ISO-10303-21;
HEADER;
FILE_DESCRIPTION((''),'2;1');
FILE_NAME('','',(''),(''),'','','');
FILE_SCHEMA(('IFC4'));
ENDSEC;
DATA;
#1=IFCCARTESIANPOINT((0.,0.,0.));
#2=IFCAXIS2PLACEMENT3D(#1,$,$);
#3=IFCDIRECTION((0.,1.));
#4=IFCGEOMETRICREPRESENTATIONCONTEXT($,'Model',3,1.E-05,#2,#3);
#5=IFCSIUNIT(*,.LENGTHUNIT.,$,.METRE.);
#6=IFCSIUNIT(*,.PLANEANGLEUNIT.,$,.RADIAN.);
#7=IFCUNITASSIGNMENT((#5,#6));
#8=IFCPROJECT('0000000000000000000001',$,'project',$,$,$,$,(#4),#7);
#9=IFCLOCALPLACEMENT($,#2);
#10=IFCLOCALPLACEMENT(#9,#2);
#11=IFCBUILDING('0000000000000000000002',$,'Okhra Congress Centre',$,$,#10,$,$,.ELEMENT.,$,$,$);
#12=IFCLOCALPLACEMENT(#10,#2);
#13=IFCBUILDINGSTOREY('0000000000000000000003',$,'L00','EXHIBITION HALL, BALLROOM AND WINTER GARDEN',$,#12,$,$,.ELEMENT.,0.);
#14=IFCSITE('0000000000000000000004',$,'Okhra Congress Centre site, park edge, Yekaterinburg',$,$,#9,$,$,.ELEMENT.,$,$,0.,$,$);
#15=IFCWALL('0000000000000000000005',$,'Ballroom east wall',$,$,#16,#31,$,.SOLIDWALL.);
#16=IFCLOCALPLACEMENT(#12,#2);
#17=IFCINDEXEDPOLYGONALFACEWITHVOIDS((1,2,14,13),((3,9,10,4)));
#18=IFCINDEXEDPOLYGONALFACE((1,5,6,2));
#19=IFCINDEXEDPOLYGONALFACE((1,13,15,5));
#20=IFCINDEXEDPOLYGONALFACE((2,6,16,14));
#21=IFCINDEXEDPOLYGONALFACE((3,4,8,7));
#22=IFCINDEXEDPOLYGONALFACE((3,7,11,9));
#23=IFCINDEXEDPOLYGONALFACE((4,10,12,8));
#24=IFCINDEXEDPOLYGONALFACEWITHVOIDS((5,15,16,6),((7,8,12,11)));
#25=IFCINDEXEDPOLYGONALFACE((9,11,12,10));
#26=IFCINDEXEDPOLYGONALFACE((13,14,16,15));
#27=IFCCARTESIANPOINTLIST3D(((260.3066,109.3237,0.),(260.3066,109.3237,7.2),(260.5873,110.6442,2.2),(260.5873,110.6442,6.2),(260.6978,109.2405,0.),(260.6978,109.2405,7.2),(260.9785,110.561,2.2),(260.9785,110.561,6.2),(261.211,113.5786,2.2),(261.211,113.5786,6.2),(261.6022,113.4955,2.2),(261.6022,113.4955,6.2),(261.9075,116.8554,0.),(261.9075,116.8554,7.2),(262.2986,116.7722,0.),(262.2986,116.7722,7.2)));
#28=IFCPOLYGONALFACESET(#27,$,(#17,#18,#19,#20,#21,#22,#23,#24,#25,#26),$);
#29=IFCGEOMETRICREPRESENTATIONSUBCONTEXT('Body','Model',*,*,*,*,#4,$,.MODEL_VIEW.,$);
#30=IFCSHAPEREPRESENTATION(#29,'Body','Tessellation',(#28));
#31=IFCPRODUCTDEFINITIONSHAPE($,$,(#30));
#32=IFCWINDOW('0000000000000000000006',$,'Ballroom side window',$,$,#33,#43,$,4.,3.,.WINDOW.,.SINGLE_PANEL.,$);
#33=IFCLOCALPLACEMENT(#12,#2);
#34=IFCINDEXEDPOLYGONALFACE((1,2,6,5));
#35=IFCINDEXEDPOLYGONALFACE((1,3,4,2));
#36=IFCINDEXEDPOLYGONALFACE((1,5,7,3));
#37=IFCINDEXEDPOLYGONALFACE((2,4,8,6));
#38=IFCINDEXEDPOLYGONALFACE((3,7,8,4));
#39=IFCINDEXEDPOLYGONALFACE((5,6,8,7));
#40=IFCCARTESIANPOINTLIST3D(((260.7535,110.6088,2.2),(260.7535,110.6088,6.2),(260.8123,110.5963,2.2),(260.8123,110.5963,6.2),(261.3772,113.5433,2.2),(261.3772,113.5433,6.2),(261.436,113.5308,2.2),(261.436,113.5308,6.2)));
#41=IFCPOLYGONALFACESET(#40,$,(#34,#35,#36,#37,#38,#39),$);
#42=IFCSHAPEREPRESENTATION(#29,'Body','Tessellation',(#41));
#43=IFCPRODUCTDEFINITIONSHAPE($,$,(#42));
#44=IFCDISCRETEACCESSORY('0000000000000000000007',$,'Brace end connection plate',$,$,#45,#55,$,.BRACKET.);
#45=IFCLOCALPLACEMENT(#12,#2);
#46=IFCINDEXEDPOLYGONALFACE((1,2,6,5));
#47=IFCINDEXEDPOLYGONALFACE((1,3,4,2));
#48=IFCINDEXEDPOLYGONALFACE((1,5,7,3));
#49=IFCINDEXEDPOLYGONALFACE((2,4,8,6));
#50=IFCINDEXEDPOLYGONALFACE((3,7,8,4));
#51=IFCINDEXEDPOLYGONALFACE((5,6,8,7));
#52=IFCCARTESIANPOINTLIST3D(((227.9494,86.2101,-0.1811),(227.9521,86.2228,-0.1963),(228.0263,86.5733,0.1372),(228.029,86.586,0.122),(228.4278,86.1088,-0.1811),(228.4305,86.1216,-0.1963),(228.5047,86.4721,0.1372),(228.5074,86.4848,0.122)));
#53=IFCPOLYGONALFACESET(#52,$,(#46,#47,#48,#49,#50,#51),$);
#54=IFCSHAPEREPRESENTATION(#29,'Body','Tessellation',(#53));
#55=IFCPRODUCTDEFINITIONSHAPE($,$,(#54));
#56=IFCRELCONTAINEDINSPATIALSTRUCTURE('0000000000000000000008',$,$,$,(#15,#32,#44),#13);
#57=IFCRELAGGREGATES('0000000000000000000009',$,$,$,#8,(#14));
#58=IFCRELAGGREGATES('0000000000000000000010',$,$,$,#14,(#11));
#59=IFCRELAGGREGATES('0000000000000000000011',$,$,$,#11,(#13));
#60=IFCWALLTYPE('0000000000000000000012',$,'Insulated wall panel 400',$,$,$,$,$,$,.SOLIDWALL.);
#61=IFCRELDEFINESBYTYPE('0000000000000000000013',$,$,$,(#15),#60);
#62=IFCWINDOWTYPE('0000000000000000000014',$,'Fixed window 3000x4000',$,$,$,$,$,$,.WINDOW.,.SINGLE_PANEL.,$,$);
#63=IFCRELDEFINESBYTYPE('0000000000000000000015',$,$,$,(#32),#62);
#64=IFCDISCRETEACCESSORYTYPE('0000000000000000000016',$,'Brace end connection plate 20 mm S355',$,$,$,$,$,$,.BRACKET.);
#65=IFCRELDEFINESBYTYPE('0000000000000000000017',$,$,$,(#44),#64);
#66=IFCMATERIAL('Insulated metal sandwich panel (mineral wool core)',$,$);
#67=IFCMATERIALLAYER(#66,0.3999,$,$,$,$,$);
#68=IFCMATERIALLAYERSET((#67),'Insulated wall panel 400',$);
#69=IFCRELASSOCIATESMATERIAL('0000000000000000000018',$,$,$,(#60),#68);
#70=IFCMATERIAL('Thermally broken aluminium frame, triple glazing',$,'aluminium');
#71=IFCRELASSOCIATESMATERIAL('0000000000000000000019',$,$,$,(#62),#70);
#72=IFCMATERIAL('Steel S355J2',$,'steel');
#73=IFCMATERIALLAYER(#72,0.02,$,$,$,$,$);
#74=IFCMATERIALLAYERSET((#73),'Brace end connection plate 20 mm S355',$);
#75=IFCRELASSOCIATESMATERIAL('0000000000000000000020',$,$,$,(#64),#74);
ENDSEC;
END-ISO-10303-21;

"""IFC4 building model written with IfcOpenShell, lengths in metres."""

from ifc_helpers import new_model, si_unit, direction, frame, frame_2d, origin, origin_2d, place, context, subcontext, project, spatial, rectangle, extrude, material, layer, layer_set, type_object, element, fill, save


model = new_model("IFC4")

# Units and contexts
model_context = context("Model", 3, precision=1e-05, world=origin(), true_north=direction((0.0, 1.0)))
body_context = subcontext(model_context, "Body", "Model", "MODEL_VIEW")
ifc_project = project(units=[si_unit("LENGTHUNIT", "METRE"), si_unit("PLANEANGLEUNIT", "RADIAN")], contexts=[model_context])

# Site, building, storey
site_placement = place(None, origin())
site = spatial("IfcSite", under=ifc_project, at=site_placement, Name="Okhra Congress Centre site, park edge, Yekaterinburg", CompositionType="ELEMENT", RefElevation=0.0)
building_placement = place(site_placement, origin())
building = spatial("IfcBuilding", under=site, at=building_placement, Name="Okhra Congress Centre", CompositionType="ELEMENT")
storey_placement = place(building_placement, origin())
storey = spatial("IfcBuildingStorey", under=building, at=storey_placement, Name="L00", Description="EXHIBITION HALL, BALLROOM AND WINTER GARDEN", CompositionType="ELEMENT", Elevation=0.0)

# Shared definitions
ifc_material_1 = material(Name="Steel S355J2", Category="steel")

# Shared definitions
ifc_material_2 = material(Name="Insulated metal sandwich panel (mineral wool core)")
ifc_layer_1 = layer(ifc_material_2, 0.3999)
ifc_layer_set_1 = layer_set([ifc_layer_1], Name="Insulated wall panel 400")
wall_type = type_object("IfcWallType", Name="Insulated wall panel 400", PredefinedType="SOLIDWALL", material=ifc_layer_set_1)
ifc_material_3 = material(Name="Thermally broken aluminium frame, triple glazing", Category="aluminium")
window_type = type_object("IfcWindowType", Name="Fixed window 3000x4000", PartitioningType="SINGLE_PANEL", PredefinedType="WINDOW", material=ifc_material_3)

# Wall, opening, window
wall_1_placement = place(storey_placement, frame((260.5022, 109.282, 0.0), z_axis=(0.0, 0.0, 1.0), x_axis=(0.2079, 0.97815, 0.0)))
wall_1 = element("IfcWall", 1, at=wall_1_placement, inside=storey, type_object=wall_type, Name="Ballroom east wall", PredefinedType="SOLIDWALL", context=body_context, shape_type="SweptSolid", body=[
    extrude(rectangle(XDim=7.7, YDim=0.3999, at=frame_2d((3.8501, 0.0))), origin(), (0.0, 0.0, 1.0), 7.2),
])
opening_1_placement = place(wall_1_placement, frame((1.3501, 0.0, 2.2)))
opening_1 = element("IfcOpeningElement", 2, at=opening_1_placement, cuts=wall_1, PredefinedType="OPENING", context=body_context, shape_type="SweptSolid", body=[
    extrude(rectangle(XDim=3.0, YDim=4.0, at=frame_2d((1.5, 2.0))), frame((0.0, 0.21, 0.0), z_axis=(0.0, -1.0, 0.0), x_axis=(1.0, 0.0, 0.0)), (0.0, 0.0, 1.0), 0.4199),
])
window_1_placement = place(opening_1_placement, origin())
window_1 = element("IfcWindow", 3, at=window_1_placement, inside=storey, type_object=window_type, Name="Ballroom side window", OverallHeight=4.0, OverallWidth=3.0, PartitioningType="SINGLE_PANEL", PredefinedType="WINDOW", context=body_context, shape_type="SweptSolid", body=[
    extrude(rectangle(XDim=3.0, YDim=4.0, at=frame_2d((1.5, 2.0))), frame((0.0, 0.03, 0.0), z_axis=(0.0, -1.0, 0.0), x_axis=(1.0, 0.0, 0.0)), (0.0, 0.0, 1.0), 0.0601),
])
fill(opening_1, window_1)

# Discrete accessory
ifc_layer_2 = layer(ifc_material_1, 0.02)
ifc_layer_set_2 = layer_set([ifc_layer_2], Name="Brace end connection plate 20 mm S355")
discrete_accessory_type = type_object("IfcDiscreteAccessoryType", Name="Brace end connection plate 20 mm S355", PredefinedType="BRACKET", material=ifc_layer_set_2)
discrete_accessory_placement = place(storey_placement, frame((228.2271, 86.3411, -0.022), z_axis=(0.134698, 0.636756, -0.759209), x_axis=(-0.97835, 0.206959, 0.0)))
element("IfcDiscreteAccessory", 4, at=discrete_accessory_placement, inside=storey, type_object=discrete_accessory_type, Name="Brace end connection plate", PredefinedType="BRACKET", context=body_context, shape_type="SweptSolid", body=[
    extrude(rectangle(XDim=0.489, YDim=0.489, at=origin_2d()), origin(), (0.0, 0.0, 1.0), 0.02),
])

save(model, "model.ifc")
